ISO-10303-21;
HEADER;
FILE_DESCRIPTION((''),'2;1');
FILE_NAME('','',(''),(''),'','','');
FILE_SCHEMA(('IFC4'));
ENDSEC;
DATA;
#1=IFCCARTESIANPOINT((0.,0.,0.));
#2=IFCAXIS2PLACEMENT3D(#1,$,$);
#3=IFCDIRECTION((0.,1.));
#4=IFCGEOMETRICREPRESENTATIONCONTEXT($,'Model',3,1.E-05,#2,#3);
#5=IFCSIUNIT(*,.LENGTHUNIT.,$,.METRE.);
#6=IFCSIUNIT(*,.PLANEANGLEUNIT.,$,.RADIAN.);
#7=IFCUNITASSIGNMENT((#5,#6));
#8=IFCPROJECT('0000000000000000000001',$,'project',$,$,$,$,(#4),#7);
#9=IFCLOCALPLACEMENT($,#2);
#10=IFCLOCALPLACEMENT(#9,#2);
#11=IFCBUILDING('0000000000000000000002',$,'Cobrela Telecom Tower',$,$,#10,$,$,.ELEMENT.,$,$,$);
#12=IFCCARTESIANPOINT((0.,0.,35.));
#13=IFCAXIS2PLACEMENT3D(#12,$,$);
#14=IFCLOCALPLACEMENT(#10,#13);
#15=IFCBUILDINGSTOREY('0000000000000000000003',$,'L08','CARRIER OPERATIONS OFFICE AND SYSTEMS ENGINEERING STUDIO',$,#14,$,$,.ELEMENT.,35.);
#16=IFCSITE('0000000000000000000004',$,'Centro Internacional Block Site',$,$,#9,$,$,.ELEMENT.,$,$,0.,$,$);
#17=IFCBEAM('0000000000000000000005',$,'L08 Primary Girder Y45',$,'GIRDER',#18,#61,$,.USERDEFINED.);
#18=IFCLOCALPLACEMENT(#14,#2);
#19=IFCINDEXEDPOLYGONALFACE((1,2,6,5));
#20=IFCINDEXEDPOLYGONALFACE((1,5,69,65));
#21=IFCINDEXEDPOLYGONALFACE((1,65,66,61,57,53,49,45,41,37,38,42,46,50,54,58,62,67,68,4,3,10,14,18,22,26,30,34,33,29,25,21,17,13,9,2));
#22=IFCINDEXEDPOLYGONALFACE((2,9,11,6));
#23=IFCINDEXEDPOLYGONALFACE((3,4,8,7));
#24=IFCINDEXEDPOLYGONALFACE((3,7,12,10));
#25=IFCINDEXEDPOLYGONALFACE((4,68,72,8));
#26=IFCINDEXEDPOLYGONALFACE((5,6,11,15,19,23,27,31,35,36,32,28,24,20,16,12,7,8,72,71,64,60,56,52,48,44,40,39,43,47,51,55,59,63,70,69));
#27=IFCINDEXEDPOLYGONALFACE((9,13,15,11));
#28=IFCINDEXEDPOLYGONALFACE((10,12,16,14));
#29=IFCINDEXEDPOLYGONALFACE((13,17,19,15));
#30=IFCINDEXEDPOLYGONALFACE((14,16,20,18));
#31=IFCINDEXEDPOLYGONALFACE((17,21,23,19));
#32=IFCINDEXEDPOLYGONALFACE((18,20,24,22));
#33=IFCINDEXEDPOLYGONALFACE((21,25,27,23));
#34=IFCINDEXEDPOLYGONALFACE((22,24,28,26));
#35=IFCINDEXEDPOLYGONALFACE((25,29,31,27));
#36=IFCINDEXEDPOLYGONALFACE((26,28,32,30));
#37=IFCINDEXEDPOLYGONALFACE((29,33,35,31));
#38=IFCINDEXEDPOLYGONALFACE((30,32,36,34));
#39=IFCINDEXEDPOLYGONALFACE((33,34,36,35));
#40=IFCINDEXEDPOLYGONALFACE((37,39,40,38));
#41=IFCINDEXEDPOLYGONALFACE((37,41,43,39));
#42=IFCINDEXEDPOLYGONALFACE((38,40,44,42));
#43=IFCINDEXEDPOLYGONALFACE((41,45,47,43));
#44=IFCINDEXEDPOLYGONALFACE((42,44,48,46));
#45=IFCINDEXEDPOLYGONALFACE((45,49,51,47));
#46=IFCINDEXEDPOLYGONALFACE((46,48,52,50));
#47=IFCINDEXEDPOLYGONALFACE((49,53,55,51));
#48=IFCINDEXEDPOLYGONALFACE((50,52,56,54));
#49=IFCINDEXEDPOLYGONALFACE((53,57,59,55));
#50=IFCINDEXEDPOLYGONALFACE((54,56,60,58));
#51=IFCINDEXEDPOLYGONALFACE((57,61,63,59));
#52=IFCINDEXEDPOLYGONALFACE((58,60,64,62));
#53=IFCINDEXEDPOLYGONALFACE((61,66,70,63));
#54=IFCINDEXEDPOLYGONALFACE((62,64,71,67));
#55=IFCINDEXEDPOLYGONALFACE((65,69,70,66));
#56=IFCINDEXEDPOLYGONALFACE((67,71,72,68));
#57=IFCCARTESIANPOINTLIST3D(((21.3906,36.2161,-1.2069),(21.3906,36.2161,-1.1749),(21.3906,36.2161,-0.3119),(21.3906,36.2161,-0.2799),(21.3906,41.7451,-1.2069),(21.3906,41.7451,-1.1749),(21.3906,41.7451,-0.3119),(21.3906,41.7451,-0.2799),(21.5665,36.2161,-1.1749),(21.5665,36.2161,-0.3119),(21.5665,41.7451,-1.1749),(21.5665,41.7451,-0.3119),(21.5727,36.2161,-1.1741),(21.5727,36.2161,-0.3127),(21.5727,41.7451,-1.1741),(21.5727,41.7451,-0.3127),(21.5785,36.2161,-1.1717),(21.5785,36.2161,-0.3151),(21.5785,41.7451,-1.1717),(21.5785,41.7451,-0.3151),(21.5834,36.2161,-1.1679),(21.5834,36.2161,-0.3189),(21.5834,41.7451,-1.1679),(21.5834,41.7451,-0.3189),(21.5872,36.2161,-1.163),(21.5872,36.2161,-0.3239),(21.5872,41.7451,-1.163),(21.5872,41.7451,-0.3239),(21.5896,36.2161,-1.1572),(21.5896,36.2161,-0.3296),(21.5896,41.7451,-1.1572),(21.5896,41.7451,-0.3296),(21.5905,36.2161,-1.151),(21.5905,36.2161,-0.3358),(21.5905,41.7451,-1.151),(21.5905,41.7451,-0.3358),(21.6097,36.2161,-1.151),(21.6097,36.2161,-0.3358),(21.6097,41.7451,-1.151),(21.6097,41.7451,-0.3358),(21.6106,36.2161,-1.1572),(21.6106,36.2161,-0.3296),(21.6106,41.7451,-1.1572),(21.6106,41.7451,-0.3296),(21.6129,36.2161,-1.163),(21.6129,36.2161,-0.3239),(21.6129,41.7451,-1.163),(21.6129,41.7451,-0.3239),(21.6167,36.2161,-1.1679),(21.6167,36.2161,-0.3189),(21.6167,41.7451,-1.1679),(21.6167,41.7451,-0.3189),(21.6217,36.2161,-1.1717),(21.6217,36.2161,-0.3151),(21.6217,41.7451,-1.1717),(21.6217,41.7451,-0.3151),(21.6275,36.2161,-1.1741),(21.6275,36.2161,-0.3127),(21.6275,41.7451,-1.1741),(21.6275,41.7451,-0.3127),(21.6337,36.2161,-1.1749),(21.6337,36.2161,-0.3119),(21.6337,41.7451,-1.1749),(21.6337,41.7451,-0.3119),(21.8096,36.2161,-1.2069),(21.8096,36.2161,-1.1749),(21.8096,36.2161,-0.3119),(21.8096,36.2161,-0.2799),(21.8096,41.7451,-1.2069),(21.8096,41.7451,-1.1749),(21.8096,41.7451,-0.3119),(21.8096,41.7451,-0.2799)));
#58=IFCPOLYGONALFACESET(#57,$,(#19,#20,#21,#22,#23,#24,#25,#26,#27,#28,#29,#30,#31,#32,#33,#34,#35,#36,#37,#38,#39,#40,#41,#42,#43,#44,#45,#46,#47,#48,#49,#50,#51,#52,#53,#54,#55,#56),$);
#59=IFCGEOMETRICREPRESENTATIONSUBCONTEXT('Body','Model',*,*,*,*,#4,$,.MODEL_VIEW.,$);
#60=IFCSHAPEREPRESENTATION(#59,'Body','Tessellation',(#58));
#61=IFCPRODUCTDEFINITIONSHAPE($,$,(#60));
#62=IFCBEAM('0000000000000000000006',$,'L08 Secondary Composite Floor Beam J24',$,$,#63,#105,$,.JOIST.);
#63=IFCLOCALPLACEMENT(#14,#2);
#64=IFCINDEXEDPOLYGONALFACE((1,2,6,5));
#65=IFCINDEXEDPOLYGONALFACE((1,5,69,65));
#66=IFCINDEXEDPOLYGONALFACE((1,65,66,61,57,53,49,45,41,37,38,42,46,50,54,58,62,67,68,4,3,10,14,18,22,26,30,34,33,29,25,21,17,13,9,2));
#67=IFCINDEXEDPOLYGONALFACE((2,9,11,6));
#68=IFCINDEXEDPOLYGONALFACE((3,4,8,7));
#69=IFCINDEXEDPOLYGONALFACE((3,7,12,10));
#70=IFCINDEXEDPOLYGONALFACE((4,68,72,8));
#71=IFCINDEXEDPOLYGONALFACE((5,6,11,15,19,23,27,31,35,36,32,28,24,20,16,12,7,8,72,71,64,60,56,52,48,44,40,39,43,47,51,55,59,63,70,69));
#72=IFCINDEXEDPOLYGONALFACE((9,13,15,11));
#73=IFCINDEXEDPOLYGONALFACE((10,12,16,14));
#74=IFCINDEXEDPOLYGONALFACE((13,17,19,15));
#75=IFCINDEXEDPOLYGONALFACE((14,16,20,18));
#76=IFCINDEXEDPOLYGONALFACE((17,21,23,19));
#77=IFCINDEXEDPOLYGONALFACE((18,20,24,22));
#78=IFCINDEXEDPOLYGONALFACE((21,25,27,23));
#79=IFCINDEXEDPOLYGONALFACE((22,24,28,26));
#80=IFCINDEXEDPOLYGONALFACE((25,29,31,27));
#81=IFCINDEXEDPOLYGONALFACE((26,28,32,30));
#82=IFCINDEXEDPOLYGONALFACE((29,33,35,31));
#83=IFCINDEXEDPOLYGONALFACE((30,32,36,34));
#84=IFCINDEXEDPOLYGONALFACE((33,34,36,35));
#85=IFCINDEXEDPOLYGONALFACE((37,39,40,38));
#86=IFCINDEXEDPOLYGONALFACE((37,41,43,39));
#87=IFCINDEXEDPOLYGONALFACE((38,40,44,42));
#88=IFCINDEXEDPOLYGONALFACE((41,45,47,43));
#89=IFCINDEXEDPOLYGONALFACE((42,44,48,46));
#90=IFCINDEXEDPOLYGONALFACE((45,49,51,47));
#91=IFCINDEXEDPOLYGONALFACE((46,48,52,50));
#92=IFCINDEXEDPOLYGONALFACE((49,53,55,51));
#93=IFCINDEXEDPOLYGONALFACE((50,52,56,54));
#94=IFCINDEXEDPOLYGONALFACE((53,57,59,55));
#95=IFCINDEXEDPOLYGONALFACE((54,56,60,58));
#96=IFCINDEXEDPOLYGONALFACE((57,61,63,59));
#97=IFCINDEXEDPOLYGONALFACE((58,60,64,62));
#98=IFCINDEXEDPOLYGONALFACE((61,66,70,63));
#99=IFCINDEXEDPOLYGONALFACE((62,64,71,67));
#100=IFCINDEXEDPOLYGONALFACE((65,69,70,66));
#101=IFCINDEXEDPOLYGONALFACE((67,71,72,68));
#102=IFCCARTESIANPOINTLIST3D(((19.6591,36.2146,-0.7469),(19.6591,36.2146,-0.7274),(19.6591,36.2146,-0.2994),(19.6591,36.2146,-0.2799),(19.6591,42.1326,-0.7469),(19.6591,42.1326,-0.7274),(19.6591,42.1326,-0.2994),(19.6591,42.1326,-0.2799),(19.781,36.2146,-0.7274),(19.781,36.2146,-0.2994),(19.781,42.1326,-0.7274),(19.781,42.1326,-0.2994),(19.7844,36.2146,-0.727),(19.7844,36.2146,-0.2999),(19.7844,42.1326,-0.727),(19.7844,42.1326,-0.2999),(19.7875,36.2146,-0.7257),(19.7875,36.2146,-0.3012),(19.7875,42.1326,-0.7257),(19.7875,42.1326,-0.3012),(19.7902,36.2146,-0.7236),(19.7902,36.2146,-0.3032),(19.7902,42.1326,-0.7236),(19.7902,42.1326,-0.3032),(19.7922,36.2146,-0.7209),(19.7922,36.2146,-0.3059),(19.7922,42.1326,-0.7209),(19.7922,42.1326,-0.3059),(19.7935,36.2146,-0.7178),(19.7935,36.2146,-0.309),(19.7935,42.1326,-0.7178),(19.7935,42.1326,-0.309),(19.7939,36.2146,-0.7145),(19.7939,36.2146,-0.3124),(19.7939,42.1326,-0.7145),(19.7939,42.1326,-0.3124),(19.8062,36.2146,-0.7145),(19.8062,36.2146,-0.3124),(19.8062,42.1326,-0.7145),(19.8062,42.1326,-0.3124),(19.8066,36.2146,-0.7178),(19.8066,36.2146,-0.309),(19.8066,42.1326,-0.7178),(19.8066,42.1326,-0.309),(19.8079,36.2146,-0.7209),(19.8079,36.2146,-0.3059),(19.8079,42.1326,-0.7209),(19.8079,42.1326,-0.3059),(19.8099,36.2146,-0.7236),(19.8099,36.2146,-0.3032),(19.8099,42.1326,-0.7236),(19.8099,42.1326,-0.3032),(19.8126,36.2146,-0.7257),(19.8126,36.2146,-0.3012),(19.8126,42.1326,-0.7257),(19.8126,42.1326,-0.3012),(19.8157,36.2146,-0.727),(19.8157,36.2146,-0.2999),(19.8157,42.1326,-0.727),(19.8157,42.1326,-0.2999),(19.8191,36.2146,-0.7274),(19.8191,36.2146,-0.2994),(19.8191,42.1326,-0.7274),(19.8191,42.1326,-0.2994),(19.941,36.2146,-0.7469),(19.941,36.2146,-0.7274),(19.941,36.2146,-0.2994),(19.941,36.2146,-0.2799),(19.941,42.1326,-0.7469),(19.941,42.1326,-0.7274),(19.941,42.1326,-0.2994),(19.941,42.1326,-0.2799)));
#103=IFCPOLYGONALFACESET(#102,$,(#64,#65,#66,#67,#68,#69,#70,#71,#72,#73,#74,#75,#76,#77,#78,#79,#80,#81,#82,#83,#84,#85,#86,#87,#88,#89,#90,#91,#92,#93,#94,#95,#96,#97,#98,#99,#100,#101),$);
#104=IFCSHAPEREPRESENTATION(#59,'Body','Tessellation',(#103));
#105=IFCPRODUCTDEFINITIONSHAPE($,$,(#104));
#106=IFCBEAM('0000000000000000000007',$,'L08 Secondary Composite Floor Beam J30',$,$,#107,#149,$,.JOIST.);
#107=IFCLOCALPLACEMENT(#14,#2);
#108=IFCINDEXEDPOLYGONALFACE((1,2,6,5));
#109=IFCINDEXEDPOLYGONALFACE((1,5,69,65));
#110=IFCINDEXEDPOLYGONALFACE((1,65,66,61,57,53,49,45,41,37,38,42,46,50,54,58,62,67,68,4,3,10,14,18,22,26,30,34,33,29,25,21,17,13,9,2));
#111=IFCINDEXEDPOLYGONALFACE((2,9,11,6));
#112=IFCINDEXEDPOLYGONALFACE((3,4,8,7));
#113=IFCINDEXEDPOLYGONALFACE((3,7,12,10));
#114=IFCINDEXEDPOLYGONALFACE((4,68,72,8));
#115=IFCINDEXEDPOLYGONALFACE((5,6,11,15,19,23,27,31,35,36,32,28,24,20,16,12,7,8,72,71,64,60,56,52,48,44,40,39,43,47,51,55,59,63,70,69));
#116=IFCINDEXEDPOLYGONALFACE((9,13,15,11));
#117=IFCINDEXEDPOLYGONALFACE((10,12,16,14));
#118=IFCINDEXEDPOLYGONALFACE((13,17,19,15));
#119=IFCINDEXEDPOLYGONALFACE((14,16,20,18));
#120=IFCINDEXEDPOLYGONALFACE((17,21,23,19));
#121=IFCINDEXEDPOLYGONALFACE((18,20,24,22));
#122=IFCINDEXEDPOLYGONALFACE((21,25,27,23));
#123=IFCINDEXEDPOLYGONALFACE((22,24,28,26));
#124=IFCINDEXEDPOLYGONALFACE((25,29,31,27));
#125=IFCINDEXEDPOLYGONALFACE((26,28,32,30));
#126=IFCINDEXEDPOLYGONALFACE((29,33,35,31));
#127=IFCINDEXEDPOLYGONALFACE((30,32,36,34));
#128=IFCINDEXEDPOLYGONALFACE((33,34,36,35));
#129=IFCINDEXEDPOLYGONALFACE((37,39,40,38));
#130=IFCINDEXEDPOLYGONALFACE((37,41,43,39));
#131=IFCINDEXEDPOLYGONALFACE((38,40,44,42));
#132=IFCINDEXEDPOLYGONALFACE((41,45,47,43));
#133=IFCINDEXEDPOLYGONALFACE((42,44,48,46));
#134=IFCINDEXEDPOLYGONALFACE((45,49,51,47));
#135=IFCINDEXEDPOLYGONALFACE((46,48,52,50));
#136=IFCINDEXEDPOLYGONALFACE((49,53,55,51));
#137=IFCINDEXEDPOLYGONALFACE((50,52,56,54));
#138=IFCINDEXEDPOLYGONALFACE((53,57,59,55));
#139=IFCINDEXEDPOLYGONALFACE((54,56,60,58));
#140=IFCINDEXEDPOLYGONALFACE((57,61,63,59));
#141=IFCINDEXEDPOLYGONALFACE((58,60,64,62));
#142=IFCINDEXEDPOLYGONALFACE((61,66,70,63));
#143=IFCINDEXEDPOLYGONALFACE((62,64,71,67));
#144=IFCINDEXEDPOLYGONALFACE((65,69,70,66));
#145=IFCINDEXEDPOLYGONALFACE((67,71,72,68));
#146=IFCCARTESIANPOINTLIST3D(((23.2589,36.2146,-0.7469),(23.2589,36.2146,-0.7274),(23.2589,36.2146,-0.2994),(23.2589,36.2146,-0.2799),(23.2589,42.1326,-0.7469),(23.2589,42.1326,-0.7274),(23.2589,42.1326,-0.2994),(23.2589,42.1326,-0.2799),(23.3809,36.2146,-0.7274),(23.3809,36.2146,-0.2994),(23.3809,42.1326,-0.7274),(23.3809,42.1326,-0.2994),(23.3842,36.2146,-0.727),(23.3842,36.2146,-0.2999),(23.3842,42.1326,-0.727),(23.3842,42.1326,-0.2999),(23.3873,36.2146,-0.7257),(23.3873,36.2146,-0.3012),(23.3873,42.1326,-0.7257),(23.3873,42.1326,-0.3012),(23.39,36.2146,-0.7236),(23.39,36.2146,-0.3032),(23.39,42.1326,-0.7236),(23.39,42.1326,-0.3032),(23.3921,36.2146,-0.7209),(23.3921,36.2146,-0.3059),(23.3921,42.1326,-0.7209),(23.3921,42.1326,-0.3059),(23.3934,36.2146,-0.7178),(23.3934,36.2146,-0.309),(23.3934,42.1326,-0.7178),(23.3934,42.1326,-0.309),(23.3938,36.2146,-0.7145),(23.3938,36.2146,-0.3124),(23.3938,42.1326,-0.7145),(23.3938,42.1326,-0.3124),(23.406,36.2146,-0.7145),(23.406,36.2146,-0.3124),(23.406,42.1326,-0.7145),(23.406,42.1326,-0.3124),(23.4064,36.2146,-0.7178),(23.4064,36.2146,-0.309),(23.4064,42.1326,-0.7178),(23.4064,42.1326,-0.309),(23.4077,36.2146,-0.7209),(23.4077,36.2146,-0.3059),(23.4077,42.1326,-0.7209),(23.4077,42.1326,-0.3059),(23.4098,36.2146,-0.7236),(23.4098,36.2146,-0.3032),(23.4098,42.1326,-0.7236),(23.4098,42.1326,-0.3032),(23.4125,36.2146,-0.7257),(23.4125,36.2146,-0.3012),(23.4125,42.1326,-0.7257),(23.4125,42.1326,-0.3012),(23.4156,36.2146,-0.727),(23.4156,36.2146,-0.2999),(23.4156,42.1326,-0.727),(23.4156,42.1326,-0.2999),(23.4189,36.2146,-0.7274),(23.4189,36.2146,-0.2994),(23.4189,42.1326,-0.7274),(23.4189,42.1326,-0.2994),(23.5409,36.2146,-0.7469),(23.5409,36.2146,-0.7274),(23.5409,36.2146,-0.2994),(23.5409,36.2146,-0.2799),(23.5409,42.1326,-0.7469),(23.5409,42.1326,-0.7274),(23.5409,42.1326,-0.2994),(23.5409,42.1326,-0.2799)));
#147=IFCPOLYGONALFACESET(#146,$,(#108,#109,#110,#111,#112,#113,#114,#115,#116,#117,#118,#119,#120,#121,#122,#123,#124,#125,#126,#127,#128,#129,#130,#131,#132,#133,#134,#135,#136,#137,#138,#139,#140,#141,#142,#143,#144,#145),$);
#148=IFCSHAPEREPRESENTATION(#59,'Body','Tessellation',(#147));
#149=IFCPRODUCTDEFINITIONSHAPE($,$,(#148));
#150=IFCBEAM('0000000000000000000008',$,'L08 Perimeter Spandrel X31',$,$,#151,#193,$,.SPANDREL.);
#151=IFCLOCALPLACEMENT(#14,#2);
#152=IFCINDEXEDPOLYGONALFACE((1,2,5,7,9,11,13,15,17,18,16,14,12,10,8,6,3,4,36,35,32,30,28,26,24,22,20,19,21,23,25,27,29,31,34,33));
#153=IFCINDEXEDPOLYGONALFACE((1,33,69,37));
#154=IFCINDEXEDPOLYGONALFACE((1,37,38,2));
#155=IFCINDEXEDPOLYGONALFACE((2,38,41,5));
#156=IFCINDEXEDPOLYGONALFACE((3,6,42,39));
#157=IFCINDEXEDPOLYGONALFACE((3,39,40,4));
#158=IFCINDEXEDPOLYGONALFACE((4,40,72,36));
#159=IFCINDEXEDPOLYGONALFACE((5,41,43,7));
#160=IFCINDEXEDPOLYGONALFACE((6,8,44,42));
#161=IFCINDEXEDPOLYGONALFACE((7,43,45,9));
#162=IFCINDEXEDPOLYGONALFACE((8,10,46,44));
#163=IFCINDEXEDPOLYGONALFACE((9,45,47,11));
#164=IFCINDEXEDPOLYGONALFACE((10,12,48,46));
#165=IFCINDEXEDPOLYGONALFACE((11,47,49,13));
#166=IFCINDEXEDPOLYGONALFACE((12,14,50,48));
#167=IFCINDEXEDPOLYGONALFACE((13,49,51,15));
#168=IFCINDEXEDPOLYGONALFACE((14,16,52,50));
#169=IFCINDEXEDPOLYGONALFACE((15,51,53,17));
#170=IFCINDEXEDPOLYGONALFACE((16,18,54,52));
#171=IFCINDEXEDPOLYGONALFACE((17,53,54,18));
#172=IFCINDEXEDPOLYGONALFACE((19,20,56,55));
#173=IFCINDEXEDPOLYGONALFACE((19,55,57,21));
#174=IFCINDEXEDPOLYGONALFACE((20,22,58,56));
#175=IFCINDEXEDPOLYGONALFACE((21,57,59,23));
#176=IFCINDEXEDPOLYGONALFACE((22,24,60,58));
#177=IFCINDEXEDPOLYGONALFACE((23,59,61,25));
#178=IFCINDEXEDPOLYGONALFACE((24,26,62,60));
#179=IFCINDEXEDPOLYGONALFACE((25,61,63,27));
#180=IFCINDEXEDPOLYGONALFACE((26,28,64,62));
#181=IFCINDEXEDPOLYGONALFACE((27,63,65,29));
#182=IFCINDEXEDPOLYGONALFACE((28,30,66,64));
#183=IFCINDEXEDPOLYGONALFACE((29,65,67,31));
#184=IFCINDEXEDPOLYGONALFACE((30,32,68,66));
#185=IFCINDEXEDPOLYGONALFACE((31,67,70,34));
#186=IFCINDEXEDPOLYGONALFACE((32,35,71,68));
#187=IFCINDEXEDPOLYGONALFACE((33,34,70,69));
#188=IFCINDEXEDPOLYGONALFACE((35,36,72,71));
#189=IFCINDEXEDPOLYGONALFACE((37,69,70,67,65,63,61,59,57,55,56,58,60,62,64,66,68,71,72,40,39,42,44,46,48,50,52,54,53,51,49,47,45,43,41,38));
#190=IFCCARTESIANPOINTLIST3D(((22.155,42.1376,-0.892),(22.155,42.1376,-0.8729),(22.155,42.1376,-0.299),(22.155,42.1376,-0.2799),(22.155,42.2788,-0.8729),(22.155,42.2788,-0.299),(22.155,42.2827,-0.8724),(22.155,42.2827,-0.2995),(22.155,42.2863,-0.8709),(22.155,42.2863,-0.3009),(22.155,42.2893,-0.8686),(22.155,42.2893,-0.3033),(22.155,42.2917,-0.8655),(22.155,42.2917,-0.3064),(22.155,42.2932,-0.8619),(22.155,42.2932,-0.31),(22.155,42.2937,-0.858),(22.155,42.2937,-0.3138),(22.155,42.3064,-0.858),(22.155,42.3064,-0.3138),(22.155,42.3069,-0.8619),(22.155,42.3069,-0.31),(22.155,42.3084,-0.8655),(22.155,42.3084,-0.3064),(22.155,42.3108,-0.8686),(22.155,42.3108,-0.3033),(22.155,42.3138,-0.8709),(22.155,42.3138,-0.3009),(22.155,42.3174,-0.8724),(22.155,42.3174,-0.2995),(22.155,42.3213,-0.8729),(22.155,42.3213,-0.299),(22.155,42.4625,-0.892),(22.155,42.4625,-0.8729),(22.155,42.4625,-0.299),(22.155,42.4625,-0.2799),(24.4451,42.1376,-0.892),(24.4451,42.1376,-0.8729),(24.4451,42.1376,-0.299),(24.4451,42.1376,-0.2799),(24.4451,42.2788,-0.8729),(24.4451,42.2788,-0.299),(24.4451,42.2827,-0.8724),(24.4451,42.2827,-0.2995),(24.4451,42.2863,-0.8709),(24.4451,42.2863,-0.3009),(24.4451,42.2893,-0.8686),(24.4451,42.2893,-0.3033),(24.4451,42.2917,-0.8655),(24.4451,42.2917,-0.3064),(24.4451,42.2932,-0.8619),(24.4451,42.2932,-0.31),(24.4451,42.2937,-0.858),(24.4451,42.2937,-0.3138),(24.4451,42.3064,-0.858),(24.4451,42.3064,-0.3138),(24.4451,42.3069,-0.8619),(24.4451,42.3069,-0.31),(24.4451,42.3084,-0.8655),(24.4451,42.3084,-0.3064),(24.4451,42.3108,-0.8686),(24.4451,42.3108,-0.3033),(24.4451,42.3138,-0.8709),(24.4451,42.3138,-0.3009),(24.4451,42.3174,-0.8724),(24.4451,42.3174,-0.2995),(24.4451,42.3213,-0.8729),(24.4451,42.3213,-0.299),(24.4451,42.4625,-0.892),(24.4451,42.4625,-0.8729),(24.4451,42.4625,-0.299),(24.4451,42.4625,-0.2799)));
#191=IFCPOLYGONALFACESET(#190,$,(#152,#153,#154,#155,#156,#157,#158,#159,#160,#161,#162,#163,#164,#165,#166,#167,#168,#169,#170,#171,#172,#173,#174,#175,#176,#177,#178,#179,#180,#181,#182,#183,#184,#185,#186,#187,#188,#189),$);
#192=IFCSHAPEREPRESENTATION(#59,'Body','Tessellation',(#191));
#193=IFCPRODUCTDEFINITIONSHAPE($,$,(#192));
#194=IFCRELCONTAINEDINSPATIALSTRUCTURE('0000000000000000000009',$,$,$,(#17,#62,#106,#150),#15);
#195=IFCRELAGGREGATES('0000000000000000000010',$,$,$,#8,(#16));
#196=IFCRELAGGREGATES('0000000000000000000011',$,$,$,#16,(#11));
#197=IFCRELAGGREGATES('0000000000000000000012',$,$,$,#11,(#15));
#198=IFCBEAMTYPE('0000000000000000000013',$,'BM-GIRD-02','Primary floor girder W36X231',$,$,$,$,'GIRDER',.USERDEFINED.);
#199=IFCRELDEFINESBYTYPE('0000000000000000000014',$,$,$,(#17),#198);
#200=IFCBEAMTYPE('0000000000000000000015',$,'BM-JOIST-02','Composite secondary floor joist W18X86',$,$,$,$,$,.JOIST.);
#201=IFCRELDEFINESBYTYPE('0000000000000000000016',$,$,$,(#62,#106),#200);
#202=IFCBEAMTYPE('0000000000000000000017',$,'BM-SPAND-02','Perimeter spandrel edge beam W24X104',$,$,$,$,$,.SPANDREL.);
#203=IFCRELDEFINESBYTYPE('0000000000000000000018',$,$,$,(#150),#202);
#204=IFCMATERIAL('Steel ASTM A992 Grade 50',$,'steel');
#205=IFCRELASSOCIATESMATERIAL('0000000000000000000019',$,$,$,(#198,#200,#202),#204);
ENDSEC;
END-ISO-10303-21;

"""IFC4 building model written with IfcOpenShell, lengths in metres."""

from ifc_helpers import new_model, si_unit, direction, frame, origin, origin_2d, place, context, subcontext, project, spatial, i_section, extrude, material, material_profile, profile_set, type_object, element, save


model = new_model("IFC4")

# Units and contexts
model_context = context("Model", 3, precision=1e-05, world=origin(), true_north=direction((0.0, 1.0)))
body_context = subcontext(model_context, "Body", "Model", "MODEL_VIEW")
ifc_project = project(units=[si_unit("LENGTHUNIT", "METRE"), si_unit("PLANEANGLEUNIT", "RADIAN")], contexts=[model_context])

# Site, building, storey
site_placement = place(None, origin())
site = spatial("IfcSite", under=ifc_project, at=site_placement, Name="Centro Internacional Block Site", CompositionType="ELEMENT", RefElevation=0.0)
building_placement = place(site_placement, origin())
building = spatial("IfcBuilding", under=site, at=building_placement, Name="Cobrela Telecom Tower", CompositionType="ELEMENT")
storey_placement = place(building_placement, frame((0.0, 0.0, 35.0)))
storey = spatial("IfcBuildingStorey", under=building, at=storey_placement, Name="L08", Description="CARRIER OPERATIONS OFFICE AND SYSTEMS ENGINEERING STUDIO", CompositionType="ELEMENT", Elevation=35.0)

# Shared definitions
ifc_material_1 = material(Name="Steel ASTM A992 Grade 50", Category="steel")

# Beams
ifc_material_profile_1 = material_profile(ifc_material_1, i_section(OverallWidth=0.4189, OverallDepth=0.927, WebThickness=0.0193, FlangeThickness=0.032, FilletRadius=0.0239, at=origin_2d()), Name="W36X231")
ifc_profile_set_1 = profile_set([ifc_material_profile_1], Name="Steel ASTM A992 Grade 50")
beam_type_1 = type_object("IfcBeamType", Name="BM-GIRD-02", Description="Primary floor girder W36X231", ElementType="GIRDER", PredefinedType="USERDEFINED", material=ifc_profile_set_1)
beam_1_placement = place(storey_placement, frame((21.6001, 36.2161, -0.7434), z_axis=(0.0, 1.0, 0.0), x_axis=(-1.0, 0.0, 0.0)))
element("IfcBeam", 1, at=beam_1_placement, inside=storey, type_object=beam_type_1, Name="L08 Primary Girder Y45", ObjectType="GIRDER", PredefinedType="USERDEFINED", context=body_context, shape_type="SweptSolid", body=[
    extrude(i_section(OverallWidth=0.4189, OverallDepth=0.927, WebThickness=0.0193, FlangeThickness=0.032, FilletRadius=0.0239, at=origin_2d()), origin(), (0.0, 0.0, 1.0), 5.5291),
])
ifc_material_profile_2 = material_profile(ifc_material_1, i_section(OverallWidth=0.282, OverallDepth=0.467, WebThickness=0.0122, FlangeThickness=0.0195, FilletRadius=0.0129, at=origin_2d()), Name="W18X86")
ifc_profile_set_2 = profile_set([ifc_material_profile_2], Name="Steel ASTM A992 Grade 50")
beam_type_2 = type_object("IfcBeamType", Name="BM-JOIST-02", Description="Composite secondary floor joist W18X86", PredefinedType="JOIST", material=ifc_profile_set_2)
for number, where, z_axis, x_axis, name in (
    (2, (19.8, 36.2146, -0.5134), (0.0, 1.0, 0.0), (-1.0, 0.0, 0.0), "L08 Secondary Composite Floor Beam J24"),
    (3, (23.3999, 36.2146, -0.5134), (0.0, 1.0, 0.0), (-1.0, 0.0, 0.0), "L08 Secondary Composite Floor Beam J30"),
):
    element("IfcBeam", number, at=place(storey_placement, frame(where, z_axis=z_axis, x_axis=x_axis)), inside=storey, type_object=beam_type_2, Name=name, PredefinedType="JOIST", context=body_context, shape_type="SweptSolid", body=[
        extrude(i_section(OverallWidth=0.282, OverallDepth=0.467, WebThickness=0.0122, FlangeThickness=0.0195, FilletRadius=0.0129, at=origin_2d()), origin(), (0.0, 0.0, 1.0), 5.918),
    ])
ifc_material_profile_3 = material_profile(ifc_material_1, i_section(OverallWidth=0.325, OverallDepth=0.6121, WebThickness=0.0127, FlangeThickness=0.019, FilletRadius=0.0149, at=origin_2d()), Name="W24X104")
ifc_profile_set_3 = profile_set([ifc_material_profile_3], Name="Steel ASTM A992 Grade 50")
beam_type_3 = type_object("IfcBeamType", Name="BM-SPAND-02", Description="Perimeter spandrel edge beam W24X104", PredefinedType="SPANDREL", material=ifc_profile_set_3)
beam_2_placement = place(storey_placement, frame((22.155, 42.3, -0.5859), z_axis=(1.0, 0.0, 0.0), x_axis=(0.0, 1.0, 0.0)))
element("IfcBeam", 4, at=beam_2_placement, inside=storey, type_object=beam_type_3, Name="L08 Perimeter Spandrel X31", PredefinedType="SPANDREL", context=body_context, shape_type="SweptSolid", body=[
    extrude(i_section(OverallWidth=0.325, OverallDepth=0.6121, WebThickness=0.0127, FlangeThickness=0.019, FilletRadius=0.0149, at=origin_2d()), origin(), (0.0, 0.0, 1.0), 2.29),
])

save(model, "model.ifc")
